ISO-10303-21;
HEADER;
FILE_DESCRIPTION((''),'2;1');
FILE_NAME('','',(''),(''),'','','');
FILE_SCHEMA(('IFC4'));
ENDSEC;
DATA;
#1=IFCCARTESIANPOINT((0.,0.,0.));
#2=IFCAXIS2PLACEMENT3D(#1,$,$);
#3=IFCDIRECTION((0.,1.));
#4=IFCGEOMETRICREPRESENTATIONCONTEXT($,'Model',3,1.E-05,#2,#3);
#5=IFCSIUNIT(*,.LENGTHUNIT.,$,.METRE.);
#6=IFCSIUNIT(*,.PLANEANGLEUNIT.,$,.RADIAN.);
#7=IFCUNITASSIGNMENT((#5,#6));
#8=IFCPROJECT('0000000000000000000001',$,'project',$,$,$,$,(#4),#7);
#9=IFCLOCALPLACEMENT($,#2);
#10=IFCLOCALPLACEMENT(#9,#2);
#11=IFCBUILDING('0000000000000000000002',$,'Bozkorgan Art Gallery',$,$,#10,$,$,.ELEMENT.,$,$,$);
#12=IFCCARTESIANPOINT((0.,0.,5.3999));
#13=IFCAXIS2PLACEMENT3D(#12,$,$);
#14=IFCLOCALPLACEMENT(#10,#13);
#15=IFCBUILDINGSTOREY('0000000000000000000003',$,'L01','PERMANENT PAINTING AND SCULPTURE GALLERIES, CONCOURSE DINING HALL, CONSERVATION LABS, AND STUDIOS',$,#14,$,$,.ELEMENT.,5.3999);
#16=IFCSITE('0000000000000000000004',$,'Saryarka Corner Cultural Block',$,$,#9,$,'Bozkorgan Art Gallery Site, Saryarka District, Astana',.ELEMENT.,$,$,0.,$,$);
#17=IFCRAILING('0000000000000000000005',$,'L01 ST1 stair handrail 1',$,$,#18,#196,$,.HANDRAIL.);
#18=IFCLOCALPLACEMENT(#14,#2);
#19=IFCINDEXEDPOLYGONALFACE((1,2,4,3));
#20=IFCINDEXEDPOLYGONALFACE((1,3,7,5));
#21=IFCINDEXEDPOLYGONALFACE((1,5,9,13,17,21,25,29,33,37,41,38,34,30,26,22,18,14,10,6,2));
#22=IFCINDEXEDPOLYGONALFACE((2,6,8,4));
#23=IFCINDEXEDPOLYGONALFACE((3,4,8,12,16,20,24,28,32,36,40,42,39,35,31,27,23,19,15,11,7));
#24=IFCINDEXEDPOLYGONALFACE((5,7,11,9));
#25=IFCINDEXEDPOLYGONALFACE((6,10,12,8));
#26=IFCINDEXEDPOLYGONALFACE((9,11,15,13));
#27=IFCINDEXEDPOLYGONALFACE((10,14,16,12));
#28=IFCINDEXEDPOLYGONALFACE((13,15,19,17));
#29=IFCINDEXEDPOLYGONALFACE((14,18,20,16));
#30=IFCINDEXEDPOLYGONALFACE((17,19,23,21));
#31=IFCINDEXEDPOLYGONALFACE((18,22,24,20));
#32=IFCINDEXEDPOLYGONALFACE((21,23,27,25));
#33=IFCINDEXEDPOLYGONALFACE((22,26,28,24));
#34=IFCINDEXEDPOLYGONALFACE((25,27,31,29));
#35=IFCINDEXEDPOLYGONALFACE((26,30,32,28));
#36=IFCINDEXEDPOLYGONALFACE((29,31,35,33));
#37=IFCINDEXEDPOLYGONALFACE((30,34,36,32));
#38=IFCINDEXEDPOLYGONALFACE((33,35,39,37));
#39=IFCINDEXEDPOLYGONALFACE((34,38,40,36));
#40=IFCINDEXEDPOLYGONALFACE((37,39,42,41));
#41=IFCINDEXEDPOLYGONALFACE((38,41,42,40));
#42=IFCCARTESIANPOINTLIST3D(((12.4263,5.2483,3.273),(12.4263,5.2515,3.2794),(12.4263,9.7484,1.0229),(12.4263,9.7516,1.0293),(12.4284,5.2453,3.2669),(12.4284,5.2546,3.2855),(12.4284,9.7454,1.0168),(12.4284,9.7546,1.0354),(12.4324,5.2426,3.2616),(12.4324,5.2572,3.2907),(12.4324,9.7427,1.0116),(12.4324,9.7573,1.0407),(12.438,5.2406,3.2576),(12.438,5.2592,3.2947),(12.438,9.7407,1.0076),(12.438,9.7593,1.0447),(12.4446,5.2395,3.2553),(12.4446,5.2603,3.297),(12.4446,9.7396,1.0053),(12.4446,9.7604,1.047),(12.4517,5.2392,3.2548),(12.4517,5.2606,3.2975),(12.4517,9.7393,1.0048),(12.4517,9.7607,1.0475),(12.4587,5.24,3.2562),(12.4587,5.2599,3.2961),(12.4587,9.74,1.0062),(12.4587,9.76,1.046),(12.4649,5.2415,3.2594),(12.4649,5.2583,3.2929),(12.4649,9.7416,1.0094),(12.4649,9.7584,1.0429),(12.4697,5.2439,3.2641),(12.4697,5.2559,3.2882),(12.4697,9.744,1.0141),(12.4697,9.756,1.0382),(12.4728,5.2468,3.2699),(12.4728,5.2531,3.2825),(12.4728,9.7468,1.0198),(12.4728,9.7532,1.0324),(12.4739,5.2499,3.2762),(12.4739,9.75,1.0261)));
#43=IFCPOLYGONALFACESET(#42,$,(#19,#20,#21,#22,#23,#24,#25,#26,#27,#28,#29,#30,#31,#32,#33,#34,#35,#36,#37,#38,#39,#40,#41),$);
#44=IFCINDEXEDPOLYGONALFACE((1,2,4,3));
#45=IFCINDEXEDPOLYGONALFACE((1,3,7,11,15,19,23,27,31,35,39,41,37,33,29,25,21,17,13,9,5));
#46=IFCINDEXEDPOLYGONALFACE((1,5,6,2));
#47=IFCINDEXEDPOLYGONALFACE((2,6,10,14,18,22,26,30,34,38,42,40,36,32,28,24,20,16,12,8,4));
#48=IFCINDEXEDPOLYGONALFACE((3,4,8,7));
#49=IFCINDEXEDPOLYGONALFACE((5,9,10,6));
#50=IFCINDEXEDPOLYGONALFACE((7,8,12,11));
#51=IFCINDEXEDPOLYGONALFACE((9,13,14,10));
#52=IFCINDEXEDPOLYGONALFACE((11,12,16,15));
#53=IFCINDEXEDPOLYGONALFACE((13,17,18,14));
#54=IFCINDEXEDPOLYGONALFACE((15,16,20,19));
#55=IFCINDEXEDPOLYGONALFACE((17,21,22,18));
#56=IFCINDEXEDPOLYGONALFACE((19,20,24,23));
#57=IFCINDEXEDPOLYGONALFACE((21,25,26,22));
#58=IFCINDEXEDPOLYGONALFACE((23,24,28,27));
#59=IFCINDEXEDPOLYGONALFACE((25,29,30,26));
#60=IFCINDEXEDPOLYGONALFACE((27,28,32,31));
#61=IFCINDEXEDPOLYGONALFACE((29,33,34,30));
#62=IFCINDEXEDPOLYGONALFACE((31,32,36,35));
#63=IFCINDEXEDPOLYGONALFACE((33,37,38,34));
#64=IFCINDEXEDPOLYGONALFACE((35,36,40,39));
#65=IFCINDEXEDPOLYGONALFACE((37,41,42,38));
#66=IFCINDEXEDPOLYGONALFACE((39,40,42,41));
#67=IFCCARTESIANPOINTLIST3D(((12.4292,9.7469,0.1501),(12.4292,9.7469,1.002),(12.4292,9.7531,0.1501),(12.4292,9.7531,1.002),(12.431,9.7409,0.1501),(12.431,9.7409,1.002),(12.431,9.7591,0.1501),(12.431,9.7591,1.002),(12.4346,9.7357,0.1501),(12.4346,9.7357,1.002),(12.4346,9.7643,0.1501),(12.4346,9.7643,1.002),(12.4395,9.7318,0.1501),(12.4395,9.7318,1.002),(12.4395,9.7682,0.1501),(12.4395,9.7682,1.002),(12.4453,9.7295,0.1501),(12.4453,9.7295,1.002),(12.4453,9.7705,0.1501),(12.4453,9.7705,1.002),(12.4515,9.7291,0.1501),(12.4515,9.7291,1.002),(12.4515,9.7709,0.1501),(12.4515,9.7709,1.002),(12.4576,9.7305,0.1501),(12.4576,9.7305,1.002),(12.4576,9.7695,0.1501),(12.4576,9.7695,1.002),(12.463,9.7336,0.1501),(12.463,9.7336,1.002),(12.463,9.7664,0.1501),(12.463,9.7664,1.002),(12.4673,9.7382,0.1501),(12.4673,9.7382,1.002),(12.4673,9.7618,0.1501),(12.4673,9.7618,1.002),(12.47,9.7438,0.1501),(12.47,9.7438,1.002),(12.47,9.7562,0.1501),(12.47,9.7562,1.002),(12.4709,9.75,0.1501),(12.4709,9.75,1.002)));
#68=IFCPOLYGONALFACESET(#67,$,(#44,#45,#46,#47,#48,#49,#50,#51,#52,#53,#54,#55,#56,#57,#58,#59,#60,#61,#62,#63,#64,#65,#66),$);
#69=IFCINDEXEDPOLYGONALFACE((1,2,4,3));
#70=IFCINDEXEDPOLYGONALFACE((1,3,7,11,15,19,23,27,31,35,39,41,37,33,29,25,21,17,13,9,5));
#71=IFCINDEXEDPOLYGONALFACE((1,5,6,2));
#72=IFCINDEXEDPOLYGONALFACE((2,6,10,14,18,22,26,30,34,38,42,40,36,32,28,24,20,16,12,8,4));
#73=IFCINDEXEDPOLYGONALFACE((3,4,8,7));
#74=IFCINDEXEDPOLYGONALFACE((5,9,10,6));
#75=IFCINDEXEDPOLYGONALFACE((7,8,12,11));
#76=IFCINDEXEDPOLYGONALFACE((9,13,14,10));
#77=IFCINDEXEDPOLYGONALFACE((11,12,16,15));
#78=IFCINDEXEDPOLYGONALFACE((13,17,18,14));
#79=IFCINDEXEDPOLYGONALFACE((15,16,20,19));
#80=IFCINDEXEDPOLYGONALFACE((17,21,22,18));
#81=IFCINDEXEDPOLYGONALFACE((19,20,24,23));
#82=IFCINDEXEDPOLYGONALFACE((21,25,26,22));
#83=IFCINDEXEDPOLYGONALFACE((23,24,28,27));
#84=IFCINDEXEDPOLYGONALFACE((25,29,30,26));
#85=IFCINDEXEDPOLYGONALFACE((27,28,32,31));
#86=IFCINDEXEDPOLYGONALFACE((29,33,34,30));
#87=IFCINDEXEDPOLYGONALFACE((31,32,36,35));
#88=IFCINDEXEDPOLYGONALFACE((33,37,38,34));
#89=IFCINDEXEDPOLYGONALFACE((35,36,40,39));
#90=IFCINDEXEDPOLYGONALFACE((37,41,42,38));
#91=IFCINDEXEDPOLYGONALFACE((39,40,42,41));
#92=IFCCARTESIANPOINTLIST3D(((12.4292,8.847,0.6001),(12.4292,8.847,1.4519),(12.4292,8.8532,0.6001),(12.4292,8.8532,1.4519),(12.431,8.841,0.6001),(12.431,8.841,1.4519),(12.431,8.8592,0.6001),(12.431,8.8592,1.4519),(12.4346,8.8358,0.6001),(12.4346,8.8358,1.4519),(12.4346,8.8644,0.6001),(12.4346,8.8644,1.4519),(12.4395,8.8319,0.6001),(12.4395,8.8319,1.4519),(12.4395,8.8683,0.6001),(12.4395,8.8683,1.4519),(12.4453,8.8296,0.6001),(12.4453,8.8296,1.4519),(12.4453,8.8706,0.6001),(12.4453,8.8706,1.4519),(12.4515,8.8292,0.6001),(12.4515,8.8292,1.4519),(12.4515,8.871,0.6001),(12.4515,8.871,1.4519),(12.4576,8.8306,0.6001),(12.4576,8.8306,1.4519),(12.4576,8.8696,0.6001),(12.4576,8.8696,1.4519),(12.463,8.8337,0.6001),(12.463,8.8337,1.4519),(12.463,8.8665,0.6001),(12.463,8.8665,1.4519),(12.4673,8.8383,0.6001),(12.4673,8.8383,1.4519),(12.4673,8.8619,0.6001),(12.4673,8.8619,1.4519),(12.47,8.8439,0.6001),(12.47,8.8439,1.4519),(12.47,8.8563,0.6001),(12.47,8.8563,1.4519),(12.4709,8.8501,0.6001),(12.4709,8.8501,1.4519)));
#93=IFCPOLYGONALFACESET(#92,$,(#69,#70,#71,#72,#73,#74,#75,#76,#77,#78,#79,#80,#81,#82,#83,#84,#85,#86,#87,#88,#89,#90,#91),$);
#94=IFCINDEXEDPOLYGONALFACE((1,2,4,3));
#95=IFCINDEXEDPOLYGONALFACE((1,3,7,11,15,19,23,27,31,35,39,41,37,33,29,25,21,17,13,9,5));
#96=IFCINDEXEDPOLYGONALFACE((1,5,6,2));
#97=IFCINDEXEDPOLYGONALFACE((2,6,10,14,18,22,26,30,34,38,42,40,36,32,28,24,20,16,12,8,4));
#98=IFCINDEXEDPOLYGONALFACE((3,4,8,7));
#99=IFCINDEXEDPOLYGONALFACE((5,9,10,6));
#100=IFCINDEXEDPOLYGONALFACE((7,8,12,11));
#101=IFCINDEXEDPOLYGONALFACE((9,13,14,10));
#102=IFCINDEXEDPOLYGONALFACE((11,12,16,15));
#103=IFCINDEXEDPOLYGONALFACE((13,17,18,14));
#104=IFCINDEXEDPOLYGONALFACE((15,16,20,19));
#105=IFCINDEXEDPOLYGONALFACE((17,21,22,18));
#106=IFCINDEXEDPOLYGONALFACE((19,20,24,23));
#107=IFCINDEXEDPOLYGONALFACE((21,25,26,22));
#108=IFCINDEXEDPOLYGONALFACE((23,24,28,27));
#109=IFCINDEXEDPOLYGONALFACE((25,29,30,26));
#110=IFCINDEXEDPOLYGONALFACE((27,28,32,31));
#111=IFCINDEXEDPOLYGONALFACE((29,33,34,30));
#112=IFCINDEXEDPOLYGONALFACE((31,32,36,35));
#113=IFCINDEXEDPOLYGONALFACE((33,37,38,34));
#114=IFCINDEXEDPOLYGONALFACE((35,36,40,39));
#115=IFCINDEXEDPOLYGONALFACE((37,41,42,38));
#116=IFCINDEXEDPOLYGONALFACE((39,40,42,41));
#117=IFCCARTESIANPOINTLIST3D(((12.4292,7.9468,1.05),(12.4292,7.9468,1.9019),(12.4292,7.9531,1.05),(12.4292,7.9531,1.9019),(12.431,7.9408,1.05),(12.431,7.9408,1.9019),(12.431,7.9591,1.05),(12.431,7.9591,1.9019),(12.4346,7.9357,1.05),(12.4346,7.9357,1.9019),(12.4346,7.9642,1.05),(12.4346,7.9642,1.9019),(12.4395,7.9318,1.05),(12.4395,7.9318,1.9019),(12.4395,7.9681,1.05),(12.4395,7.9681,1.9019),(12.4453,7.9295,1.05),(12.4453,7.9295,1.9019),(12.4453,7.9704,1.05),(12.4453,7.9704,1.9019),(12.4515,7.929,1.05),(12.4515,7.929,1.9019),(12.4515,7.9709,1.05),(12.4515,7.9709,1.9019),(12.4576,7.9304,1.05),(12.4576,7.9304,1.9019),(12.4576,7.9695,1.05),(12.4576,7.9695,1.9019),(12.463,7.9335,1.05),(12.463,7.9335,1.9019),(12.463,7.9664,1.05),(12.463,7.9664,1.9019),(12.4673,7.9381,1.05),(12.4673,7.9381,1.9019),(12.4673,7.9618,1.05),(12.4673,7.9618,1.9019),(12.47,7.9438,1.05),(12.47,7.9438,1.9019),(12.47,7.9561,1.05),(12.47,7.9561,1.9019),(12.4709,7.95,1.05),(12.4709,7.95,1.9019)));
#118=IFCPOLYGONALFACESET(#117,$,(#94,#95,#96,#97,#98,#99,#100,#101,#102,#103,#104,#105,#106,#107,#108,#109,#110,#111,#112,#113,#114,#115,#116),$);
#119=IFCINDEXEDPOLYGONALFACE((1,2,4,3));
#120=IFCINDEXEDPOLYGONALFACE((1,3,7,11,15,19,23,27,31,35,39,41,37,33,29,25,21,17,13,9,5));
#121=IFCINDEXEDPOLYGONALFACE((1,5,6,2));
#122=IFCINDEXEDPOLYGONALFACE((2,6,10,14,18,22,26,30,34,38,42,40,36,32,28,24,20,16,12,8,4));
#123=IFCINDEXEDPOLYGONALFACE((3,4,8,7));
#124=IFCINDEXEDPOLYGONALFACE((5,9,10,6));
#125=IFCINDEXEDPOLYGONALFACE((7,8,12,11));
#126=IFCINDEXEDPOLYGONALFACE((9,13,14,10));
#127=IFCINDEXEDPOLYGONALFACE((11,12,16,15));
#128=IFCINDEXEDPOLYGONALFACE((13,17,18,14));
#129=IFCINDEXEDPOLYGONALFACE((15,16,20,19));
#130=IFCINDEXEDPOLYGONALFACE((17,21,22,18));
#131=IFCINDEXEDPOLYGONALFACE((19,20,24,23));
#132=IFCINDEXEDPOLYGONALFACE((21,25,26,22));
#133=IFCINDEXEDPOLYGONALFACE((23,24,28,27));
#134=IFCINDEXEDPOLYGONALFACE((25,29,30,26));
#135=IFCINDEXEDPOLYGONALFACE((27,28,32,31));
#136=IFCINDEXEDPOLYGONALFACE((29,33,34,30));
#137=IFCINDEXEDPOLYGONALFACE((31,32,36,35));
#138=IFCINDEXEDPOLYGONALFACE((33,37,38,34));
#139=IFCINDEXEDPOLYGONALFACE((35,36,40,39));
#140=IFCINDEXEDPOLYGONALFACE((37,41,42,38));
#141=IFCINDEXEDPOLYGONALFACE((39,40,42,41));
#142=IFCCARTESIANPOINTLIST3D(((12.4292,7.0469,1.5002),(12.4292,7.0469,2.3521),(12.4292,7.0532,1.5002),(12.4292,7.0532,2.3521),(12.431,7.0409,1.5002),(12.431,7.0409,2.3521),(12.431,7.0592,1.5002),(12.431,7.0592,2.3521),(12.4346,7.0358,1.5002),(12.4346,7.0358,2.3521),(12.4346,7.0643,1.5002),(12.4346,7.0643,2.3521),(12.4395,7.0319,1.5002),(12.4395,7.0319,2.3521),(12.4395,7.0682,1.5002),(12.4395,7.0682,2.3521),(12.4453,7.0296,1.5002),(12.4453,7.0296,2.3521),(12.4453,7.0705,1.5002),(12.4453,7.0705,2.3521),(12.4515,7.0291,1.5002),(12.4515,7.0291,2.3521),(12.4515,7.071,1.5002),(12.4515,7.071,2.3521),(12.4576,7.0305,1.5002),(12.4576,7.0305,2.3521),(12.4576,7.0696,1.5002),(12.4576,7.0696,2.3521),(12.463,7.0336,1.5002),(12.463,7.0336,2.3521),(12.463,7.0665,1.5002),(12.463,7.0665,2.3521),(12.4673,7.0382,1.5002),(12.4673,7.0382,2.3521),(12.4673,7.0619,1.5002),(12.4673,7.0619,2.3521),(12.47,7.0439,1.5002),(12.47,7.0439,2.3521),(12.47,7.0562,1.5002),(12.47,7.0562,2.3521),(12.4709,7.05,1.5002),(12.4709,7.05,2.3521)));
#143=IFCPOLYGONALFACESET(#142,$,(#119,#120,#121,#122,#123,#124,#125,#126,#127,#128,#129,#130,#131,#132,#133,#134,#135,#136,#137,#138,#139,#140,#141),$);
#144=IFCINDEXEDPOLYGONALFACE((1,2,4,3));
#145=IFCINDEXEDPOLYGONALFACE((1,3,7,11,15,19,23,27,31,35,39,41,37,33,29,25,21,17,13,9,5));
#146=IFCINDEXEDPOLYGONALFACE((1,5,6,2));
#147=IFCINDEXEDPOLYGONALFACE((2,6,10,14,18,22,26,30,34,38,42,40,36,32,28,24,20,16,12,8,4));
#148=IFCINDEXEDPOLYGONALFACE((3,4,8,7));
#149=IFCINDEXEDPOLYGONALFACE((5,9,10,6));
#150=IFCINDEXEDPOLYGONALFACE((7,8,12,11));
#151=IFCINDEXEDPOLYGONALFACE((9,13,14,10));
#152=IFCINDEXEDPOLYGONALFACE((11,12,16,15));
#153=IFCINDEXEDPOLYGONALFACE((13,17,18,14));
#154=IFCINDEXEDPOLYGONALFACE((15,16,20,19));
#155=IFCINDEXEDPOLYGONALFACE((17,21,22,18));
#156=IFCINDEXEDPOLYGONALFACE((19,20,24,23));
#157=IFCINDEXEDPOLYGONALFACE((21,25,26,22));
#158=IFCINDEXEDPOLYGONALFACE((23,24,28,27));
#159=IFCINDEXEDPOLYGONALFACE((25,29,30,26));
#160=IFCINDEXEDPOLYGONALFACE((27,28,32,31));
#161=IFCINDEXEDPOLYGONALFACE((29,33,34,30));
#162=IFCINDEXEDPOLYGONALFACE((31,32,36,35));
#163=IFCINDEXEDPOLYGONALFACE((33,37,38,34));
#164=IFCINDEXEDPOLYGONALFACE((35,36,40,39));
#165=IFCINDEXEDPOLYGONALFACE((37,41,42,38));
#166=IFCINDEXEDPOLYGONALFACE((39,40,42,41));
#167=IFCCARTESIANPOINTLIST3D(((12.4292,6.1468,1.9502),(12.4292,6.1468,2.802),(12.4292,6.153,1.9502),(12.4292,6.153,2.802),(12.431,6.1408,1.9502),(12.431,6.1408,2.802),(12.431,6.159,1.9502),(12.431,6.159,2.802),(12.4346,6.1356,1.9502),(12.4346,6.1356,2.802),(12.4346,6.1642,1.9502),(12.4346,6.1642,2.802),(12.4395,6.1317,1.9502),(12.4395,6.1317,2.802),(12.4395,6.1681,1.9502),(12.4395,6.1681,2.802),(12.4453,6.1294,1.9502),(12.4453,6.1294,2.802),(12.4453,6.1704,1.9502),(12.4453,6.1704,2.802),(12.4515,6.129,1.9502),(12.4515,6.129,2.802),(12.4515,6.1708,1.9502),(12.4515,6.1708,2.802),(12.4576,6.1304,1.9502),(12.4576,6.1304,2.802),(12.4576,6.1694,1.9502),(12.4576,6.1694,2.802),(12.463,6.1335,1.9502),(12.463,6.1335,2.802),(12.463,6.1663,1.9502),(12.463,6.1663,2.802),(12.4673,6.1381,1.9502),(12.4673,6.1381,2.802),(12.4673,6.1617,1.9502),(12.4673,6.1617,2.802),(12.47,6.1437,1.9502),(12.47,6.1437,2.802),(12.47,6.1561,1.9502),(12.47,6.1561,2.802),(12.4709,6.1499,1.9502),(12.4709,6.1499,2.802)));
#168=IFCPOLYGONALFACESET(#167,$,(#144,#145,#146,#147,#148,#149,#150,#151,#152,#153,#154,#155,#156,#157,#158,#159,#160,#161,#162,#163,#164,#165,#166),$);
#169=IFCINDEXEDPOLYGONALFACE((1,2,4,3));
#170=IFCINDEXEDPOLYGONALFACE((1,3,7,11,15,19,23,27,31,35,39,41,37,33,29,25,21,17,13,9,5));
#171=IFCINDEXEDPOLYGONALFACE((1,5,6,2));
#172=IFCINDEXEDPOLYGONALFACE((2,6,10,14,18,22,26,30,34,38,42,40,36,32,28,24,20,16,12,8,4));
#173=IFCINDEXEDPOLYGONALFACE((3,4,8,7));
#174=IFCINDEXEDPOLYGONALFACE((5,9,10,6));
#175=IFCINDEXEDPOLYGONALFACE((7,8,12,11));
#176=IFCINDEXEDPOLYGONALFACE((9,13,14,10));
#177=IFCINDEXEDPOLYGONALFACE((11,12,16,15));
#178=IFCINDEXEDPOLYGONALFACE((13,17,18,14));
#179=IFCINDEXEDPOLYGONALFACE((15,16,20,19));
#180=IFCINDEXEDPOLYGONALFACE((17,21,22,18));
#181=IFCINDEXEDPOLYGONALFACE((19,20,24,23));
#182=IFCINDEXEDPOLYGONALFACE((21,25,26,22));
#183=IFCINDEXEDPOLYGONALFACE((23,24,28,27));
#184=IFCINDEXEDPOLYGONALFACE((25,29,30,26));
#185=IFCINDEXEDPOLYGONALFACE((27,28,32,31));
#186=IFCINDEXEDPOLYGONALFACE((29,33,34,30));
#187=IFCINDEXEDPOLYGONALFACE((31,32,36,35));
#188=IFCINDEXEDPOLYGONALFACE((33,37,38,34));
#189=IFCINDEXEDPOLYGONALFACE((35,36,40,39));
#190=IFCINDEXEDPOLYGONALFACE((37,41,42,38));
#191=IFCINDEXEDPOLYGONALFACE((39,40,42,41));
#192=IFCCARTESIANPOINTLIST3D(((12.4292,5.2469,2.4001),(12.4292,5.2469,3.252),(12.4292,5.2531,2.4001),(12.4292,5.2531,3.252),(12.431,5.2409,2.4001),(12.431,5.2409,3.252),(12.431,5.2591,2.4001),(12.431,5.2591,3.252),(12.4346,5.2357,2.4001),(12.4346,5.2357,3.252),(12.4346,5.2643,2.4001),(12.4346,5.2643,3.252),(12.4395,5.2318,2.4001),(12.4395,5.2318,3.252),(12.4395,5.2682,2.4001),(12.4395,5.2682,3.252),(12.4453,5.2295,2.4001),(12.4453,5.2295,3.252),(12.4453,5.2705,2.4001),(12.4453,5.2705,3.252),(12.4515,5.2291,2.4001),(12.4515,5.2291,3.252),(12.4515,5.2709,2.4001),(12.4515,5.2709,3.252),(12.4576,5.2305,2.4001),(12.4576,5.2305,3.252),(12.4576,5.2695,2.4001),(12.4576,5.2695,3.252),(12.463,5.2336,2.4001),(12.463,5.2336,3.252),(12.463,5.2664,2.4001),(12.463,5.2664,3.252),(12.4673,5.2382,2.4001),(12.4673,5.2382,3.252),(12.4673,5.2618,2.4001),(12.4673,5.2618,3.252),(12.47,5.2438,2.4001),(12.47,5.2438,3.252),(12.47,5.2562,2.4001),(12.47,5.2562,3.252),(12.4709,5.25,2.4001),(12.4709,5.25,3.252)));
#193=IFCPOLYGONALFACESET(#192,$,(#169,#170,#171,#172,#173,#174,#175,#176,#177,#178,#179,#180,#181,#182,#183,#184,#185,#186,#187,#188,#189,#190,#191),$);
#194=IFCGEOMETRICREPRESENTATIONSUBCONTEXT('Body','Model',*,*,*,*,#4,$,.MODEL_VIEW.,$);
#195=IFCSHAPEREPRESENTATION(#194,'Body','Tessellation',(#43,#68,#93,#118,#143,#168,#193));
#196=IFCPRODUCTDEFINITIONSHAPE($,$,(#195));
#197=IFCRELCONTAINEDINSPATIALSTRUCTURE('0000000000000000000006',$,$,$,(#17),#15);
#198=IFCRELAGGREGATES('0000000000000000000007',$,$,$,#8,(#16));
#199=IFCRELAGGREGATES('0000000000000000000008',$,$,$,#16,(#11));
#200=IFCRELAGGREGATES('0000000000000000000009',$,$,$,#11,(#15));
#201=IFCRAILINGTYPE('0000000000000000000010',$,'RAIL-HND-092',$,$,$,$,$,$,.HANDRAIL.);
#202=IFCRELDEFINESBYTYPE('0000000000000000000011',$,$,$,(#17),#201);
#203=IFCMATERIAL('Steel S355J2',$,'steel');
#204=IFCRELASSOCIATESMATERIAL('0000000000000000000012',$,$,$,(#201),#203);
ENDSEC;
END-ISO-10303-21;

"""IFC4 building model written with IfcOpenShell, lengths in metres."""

from ifc_helpers import new_model, si_unit, direction, frame, origin, origin_2d, place, context, subcontext, project, spatial, circle, extrude, material, type_object, element, save


model = new_model("IFC4")

# Units and contexts
model_context = context("Model", 3, precision=1e-05, world=origin(), true_north=direction((0.0, 1.0)))
body_context = subcontext(model_context, "Body", "Model", "MODEL_VIEW")
ifc_project = project(units=[si_unit("LENGTHUNIT", "METRE"), si_unit("PLANEANGLEUNIT", "RADIAN")], contexts=[model_context])

# Site, building, storey
site_placement = place(None, origin())
site = spatial("IfcSite", under=ifc_project, at=site_placement, Name="Saryarka Corner Cultural Block", LongName="Bozkorgan Art Gallery Site, Saryarka District, Astana", CompositionType="ELEMENT", RefElevation=0.0)
building_placement = place(site_placement, origin())
building = spatial("IfcBuilding", under=site, at=building_placement, Name="Bozkorgan Art Gallery", CompositionType="ELEMENT")
storey_placement = place(building_placement, frame((0.0, 0.0, 5.3999)))
storey = spatial("IfcBuildingStorey", under=building, at=storey_placement, Name="L01", Description="PERMANENT PAINTING AND SCULPTURE GALLERIES, CONCOURSE DINING HALL, CONSERVATION LABS, AND STUDIOS", CompositionType="ELEMENT", Elevation=5.3999)

# Shared definitions
ifc_material_1 = material(Name="Steel S355J2", Category="steel")

# Railing
railing_type_1 = type_object("IfcRailingType", Name="RAIL-HND-092", PredefinedType="HANDRAIL", material=ifc_material_1)
railing_1_placement = place(storey_placement, frame((12.45, 9.75, 0.1501)))
element("IfcRailing", 1, at=railing_1_placement, inside=storey, type_object=railing_type_1, Name="L01 ST1 stair handrail 1", PredefinedType="HANDRAIL", context=body_context, shape_type="SweptSolid", body=[
    extrude(circle(Radius=0.0239, at=origin_2d()), frame((0.0, 0.0, 0.876), z_axis=(0.0, -0.894427, 0.447214), x_axis=(1.0, 0.0, 0.0)), (0.0, 0.0, 1.0), 5.0312),
    extrude(circle(Radius=0.021, at=origin_2d()), origin(), (0.0, 0.0, 1.0), 0.8518),
    extrude(circle(Radius=0.021, at=origin_2d()), frame((0.0, -0.8999, 0.45)), (0.0, 0.0, 1.0), 0.8518),
    extrude(circle(Radius=0.021, at=origin_2d()), frame((0.0, -1.8, 0.8999)), (0.0, 0.0, 1.0), 0.8518),
    extrude(circle(Radius=0.021, at=origin_2d()), frame((0.0, -2.7, 1.3501)), (0.0, 0.0, 1.0), 0.8518),
    extrude(circle(Radius=0.021, at=origin_2d()), frame((0.0, -3.6001, 1.8)), (0.0, 0.0, 1.0), 0.8518),
    extrude(circle(Radius=0.021, at=origin_2d()), frame((0.0, -4.5, 2.25)), (0.0, 0.0, 1.0), 0.8518),
])

save(model, "model.ifc")
